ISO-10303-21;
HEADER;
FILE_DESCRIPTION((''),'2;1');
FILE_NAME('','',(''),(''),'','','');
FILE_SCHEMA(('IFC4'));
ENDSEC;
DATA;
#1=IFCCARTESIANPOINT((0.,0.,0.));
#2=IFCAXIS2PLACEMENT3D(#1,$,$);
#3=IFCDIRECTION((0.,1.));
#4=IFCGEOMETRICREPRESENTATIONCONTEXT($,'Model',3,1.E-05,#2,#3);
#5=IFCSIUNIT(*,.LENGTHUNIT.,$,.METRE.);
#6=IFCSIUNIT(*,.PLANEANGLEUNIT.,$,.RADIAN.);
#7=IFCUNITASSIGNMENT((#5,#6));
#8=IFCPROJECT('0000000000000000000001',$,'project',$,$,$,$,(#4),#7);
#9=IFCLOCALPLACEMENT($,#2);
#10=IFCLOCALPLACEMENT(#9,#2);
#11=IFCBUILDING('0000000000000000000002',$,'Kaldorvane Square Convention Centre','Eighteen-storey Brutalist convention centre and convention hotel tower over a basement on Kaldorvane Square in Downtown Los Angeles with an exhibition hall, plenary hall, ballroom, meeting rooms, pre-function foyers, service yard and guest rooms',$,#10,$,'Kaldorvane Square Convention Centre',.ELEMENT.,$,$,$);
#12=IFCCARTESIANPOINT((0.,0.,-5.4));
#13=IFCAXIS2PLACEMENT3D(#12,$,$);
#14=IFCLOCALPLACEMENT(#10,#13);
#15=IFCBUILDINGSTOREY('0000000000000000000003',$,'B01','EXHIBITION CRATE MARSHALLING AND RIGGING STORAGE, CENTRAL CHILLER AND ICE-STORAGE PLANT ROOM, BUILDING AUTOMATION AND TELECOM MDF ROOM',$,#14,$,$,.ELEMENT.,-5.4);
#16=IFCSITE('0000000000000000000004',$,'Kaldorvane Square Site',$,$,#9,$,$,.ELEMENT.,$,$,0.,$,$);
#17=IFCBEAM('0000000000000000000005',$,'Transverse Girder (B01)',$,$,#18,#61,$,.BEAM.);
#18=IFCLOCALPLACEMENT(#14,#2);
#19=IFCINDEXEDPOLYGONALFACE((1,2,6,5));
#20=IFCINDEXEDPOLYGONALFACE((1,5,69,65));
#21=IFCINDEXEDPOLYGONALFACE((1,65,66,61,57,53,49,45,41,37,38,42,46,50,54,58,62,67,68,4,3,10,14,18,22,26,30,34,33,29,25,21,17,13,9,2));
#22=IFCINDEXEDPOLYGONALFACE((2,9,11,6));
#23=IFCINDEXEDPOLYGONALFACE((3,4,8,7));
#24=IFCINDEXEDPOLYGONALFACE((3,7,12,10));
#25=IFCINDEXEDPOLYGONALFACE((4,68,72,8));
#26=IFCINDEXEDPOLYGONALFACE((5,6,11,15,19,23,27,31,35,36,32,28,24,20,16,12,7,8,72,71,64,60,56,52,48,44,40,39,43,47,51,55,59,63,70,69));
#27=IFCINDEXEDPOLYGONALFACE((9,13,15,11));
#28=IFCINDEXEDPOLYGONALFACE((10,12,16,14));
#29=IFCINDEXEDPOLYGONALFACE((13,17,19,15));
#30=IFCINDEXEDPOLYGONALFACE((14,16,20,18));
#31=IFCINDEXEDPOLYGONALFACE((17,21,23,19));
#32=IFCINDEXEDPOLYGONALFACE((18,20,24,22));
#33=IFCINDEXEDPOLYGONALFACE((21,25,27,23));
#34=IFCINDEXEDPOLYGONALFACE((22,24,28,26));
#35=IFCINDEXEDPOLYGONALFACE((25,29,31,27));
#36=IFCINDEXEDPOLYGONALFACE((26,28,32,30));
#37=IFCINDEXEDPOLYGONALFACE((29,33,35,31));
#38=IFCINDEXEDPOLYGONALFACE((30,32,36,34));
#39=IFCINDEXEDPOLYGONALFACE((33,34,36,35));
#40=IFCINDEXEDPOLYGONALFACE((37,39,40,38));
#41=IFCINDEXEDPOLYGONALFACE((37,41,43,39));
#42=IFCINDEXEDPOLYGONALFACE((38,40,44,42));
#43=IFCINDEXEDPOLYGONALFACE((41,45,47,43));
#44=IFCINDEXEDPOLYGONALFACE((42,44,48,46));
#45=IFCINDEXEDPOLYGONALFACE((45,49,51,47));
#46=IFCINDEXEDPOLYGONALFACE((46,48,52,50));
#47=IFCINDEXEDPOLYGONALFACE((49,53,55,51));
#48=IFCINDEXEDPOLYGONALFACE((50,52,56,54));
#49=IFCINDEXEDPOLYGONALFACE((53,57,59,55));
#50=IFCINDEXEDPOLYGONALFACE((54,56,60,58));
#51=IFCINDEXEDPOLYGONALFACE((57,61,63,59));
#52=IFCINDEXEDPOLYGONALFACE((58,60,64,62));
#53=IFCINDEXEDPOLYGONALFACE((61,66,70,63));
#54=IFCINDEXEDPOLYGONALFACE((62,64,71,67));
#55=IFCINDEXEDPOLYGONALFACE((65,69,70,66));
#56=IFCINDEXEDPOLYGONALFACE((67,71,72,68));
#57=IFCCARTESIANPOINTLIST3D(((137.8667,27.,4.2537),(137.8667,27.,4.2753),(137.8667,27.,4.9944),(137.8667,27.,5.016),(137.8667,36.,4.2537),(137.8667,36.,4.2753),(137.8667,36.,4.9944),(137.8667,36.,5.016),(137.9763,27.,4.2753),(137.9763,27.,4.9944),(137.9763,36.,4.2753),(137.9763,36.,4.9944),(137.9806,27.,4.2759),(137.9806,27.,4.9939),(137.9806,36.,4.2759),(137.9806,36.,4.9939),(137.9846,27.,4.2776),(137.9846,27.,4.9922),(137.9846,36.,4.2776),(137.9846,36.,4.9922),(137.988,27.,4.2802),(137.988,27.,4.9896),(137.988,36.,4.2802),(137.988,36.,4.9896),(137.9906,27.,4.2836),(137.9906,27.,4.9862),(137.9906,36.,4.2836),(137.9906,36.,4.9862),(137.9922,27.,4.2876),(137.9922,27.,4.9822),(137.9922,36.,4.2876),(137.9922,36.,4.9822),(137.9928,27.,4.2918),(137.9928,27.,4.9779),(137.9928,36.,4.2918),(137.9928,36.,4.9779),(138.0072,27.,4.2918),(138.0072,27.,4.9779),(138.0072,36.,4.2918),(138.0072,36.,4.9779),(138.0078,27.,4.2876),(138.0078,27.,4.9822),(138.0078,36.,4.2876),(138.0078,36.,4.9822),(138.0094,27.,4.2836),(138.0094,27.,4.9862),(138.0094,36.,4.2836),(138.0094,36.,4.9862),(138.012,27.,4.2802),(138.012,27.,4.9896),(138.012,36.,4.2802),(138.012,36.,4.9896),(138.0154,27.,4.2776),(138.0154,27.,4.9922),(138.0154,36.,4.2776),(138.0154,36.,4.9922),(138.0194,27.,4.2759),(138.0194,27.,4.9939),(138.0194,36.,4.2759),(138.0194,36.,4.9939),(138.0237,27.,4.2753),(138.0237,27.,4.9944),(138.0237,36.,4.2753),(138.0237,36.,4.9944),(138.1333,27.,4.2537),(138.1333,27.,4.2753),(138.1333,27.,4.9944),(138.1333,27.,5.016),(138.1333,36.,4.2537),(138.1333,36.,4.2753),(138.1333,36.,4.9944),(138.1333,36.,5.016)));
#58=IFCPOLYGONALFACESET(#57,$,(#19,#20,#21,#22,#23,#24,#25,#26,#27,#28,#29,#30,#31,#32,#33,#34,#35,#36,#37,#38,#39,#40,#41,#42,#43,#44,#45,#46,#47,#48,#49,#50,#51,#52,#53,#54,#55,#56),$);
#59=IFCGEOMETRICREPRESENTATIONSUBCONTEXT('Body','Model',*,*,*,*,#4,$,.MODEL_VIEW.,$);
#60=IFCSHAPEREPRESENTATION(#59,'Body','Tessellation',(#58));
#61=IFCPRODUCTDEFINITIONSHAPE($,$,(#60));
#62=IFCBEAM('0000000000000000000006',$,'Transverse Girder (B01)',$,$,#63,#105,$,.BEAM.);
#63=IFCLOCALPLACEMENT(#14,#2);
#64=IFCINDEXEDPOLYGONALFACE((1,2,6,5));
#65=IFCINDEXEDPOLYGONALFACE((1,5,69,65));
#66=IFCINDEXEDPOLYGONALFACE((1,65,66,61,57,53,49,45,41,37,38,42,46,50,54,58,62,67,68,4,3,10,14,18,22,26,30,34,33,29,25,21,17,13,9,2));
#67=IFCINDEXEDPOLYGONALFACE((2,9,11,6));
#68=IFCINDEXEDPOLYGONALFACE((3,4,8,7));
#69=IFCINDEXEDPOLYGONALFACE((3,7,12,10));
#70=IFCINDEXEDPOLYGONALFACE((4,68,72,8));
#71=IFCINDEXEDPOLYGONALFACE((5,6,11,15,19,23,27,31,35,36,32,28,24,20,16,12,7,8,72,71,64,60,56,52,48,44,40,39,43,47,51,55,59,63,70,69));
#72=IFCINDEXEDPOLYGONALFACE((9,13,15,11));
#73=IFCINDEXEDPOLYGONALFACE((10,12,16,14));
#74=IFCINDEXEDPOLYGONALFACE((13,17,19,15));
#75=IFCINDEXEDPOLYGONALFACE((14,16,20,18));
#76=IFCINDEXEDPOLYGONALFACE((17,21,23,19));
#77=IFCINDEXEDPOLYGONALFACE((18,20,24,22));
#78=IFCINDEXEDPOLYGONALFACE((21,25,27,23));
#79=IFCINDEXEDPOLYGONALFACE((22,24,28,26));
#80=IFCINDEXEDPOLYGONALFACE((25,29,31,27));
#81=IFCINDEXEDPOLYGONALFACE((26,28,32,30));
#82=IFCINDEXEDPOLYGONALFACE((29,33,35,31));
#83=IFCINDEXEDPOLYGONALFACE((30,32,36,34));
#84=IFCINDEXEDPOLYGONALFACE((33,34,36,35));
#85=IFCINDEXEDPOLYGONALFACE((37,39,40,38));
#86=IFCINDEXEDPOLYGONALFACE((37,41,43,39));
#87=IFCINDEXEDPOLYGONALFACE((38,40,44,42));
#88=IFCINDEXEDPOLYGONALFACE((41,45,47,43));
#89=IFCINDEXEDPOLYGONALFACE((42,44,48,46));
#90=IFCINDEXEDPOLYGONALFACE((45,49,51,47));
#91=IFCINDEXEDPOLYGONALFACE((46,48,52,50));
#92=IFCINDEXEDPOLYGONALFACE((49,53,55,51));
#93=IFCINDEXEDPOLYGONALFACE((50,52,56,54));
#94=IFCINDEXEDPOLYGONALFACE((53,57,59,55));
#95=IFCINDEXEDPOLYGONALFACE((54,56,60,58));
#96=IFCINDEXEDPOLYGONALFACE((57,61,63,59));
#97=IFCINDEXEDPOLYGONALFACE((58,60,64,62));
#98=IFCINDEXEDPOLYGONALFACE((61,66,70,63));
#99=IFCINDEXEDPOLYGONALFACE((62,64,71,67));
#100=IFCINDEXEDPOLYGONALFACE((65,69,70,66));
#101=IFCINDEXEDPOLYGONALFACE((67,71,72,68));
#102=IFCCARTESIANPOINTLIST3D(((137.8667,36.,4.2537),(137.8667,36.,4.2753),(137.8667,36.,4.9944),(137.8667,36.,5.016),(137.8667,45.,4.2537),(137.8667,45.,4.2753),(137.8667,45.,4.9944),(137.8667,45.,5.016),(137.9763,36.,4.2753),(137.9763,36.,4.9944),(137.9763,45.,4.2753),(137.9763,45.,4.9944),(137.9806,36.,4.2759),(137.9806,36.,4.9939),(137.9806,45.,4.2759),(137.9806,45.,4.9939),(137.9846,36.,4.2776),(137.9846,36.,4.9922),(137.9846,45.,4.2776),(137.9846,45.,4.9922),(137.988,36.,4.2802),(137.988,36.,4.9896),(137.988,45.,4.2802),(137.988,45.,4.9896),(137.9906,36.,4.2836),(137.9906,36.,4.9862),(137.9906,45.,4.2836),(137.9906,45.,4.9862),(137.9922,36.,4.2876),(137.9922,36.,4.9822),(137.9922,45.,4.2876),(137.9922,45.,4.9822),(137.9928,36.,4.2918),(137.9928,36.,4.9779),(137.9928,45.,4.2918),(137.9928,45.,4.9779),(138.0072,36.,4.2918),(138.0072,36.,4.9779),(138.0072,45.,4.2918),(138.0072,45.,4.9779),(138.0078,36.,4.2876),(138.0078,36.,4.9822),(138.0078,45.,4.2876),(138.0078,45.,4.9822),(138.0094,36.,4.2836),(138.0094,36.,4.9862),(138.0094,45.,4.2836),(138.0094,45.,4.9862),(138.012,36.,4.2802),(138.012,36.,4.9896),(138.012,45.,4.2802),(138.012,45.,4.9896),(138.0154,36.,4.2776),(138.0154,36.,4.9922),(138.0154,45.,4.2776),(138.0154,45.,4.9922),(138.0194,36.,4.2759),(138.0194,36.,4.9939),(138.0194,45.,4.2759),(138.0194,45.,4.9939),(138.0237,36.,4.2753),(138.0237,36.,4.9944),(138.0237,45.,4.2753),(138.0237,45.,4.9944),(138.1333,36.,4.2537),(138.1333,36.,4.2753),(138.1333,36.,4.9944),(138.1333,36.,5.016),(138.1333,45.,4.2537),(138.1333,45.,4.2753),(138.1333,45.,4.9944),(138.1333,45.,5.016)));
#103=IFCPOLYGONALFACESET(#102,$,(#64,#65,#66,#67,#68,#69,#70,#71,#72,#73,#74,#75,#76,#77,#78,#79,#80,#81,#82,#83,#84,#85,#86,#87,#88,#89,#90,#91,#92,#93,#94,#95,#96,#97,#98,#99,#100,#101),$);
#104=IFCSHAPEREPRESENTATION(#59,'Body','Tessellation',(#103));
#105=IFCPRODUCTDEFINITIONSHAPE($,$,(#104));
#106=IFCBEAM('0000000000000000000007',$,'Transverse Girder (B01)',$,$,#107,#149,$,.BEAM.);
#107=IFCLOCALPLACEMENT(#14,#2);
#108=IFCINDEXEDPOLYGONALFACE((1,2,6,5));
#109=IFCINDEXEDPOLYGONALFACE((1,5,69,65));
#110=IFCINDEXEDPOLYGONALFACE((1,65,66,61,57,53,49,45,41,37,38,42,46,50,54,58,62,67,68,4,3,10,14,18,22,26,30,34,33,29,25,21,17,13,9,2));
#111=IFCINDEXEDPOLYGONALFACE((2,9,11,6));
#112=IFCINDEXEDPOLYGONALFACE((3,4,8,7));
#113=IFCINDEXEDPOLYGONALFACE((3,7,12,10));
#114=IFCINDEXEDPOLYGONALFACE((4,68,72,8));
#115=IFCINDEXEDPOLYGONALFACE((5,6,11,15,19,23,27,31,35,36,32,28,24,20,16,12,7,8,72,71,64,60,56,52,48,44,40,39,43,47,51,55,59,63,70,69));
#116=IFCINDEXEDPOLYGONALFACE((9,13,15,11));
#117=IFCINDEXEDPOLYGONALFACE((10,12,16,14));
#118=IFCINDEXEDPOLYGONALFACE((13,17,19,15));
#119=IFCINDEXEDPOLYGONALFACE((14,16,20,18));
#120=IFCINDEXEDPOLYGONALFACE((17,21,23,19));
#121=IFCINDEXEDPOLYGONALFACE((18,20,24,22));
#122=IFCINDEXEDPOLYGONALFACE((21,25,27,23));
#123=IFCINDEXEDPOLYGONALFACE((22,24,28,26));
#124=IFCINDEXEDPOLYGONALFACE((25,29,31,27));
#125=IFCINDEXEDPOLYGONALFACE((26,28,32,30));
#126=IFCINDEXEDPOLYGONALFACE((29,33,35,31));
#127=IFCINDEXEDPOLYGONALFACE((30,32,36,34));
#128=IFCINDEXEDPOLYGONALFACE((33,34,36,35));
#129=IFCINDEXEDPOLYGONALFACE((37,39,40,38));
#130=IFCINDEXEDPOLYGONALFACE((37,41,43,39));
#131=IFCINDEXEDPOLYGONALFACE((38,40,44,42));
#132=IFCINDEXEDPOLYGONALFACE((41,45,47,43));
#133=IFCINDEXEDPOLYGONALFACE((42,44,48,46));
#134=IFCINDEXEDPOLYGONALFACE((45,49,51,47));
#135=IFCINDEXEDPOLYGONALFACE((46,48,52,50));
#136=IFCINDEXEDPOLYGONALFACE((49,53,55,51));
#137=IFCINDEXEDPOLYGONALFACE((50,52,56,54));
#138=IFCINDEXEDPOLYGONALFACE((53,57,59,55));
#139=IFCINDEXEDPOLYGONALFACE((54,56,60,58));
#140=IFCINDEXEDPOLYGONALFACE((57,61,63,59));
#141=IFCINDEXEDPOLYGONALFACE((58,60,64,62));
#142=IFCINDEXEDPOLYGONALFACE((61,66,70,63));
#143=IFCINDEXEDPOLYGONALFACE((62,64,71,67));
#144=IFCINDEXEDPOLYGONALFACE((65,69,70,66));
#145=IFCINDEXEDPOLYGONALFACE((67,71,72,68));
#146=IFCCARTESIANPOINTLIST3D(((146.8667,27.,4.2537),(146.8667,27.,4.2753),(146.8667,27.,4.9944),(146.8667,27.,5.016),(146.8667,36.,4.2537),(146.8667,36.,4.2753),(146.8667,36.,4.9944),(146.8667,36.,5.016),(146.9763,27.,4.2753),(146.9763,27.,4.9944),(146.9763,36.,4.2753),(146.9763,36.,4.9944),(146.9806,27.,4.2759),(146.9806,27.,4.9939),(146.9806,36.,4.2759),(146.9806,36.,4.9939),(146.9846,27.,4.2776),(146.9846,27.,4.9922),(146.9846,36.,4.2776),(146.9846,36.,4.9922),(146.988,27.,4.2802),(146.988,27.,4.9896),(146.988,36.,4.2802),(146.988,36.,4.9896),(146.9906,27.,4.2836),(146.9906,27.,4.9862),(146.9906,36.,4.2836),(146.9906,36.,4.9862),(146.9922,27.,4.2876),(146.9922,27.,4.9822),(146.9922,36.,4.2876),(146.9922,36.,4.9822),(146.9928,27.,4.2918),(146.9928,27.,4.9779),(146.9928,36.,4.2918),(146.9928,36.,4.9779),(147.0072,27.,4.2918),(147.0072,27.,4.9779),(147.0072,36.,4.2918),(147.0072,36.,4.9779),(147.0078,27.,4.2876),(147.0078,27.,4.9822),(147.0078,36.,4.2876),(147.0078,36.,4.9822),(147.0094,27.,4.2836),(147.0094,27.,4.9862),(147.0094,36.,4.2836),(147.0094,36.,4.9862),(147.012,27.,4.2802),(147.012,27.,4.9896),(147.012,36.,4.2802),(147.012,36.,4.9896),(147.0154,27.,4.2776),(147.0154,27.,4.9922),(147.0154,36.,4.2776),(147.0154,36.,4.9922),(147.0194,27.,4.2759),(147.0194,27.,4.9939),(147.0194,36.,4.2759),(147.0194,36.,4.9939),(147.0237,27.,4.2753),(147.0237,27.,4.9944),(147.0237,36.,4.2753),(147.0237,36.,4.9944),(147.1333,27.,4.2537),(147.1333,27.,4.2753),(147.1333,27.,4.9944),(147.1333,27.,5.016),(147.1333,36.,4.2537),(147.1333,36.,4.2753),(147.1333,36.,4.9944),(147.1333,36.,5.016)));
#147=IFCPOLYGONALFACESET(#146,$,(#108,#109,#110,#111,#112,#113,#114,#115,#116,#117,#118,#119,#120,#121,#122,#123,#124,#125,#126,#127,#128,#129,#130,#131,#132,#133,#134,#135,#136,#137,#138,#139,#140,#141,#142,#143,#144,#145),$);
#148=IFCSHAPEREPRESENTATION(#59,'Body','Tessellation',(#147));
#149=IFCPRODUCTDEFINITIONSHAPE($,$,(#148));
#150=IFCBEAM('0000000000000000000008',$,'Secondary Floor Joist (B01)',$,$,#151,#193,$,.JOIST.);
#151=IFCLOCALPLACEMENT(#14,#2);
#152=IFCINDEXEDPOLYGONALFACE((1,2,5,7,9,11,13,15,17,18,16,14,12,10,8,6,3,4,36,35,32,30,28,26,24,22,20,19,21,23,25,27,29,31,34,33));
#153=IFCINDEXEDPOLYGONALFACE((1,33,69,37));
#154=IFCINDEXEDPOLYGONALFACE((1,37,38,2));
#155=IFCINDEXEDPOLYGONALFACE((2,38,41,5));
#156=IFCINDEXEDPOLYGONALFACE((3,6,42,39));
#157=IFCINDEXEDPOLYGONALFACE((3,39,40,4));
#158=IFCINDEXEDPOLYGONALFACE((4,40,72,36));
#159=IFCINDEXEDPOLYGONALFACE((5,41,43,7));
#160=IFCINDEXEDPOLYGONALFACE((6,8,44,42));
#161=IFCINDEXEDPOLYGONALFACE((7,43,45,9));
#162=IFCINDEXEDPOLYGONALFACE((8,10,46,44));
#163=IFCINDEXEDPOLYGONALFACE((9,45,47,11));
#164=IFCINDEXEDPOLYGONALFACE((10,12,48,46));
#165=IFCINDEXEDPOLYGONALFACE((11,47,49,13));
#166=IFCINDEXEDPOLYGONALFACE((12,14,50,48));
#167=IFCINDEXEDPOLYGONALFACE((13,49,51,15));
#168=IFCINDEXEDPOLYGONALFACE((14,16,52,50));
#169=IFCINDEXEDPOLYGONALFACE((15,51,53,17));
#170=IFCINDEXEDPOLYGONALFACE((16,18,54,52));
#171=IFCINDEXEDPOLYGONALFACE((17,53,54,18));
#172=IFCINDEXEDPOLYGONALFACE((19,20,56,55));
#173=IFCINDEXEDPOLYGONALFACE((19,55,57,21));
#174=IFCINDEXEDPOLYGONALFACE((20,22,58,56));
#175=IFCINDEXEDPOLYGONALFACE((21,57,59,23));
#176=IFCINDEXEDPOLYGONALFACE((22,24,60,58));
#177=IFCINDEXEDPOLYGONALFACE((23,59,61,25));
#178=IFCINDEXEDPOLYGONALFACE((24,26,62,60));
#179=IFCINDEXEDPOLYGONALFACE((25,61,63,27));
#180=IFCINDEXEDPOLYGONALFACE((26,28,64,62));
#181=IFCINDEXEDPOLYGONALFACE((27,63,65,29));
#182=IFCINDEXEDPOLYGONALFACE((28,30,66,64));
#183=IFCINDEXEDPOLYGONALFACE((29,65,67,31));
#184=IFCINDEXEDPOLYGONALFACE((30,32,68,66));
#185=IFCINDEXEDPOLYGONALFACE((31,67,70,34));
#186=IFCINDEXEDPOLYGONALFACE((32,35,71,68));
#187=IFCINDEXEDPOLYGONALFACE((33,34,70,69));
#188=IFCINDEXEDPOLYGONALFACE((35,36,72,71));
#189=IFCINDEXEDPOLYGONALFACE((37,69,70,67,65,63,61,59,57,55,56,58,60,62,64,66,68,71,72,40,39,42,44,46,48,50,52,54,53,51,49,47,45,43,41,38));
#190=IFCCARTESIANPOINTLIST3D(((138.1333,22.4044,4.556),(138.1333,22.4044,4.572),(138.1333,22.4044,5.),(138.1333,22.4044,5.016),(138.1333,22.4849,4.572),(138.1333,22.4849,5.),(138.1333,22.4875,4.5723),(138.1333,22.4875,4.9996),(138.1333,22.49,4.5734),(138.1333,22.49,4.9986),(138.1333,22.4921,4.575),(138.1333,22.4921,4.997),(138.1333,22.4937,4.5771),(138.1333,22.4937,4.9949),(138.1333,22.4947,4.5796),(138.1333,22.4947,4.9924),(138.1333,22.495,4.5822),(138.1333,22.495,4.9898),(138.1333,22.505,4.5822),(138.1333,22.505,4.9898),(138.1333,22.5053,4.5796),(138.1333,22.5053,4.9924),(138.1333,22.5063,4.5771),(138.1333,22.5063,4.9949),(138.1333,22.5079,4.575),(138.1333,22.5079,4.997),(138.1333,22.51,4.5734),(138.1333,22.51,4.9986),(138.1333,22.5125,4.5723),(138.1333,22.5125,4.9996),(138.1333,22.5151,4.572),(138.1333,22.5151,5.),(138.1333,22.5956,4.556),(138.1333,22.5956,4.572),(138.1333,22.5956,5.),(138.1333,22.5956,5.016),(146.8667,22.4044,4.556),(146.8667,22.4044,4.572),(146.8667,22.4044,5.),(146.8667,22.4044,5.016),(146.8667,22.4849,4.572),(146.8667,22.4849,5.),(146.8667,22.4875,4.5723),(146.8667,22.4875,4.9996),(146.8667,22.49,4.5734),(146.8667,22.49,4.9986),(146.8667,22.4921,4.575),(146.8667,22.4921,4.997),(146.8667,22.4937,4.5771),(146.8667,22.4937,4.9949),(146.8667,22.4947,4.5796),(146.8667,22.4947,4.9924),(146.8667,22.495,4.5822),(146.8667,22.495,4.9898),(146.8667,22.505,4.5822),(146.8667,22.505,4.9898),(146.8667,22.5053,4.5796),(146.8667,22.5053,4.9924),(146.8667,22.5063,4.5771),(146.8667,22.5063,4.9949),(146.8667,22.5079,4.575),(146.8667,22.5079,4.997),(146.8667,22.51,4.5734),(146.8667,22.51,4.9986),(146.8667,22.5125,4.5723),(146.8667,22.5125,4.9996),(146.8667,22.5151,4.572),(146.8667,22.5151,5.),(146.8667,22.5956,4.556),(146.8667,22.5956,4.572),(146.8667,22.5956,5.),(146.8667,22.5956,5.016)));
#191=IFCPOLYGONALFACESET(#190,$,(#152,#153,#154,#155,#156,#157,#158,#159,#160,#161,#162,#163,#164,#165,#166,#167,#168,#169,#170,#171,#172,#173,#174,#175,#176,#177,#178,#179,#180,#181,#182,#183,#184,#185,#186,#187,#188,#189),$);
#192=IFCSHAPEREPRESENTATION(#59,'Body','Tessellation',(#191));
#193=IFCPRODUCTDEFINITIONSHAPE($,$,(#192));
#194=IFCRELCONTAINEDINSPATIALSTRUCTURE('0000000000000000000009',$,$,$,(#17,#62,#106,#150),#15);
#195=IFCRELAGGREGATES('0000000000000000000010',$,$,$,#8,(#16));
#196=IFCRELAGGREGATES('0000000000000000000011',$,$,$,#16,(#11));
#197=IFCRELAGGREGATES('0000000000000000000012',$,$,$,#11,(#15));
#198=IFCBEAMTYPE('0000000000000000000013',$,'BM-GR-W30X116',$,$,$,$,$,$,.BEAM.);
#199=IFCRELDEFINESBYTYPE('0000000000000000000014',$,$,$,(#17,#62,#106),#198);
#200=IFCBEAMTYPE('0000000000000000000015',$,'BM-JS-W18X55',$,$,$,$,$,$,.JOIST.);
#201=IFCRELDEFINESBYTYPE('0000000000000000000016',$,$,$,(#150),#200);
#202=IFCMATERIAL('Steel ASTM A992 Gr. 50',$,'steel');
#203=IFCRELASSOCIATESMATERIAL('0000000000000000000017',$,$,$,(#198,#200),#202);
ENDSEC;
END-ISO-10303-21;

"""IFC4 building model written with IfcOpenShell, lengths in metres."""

from ifc_helpers import new_model, si_unit, direction, frame, origin, origin_2d, place, context, subcontext, project, spatial, i_section, extrude, material, material_profile, profile_set, type_object, element, save


model = new_model("IFC4")

# Units and contexts
model_context = context("Model", 3, precision=1e-05, world=origin(), true_north=direction((0.0, 1.0)))
body_context = subcontext(model_context, "Body", "Model", "MODEL_VIEW")
ifc_project = project(units=[si_unit("LENGTHUNIT", "METRE"), si_unit("PLANEANGLEUNIT", "RADIAN")], contexts=[model_context])

# Site, building, storey
site_placement = place(None, origin())
site = spatial("IfcSite", under=ifc_project, at=site_placement, Name="Kaldorvane Square Site", CompositionType="ELEMENT", RefElevation=0.0)
building_placement = place(site_placement, origin())
building = spatial("IfcBuilding", under=site, at=building_placement, Name="Kaldorvane Square Convention Centre", Description="Eighteen-storey Brutalist convention centre and convention hotel tower over a basement on Kaldorvane Square in Downtown Los Angeles with an exhibition hall, plenary hall, ballroom, meeting rooms, pre-function foyers, service yard and guest rooms", LongName="Kaldorvane Square Convention Centre", CompositionType="ELEMENT")
storey_placement = place(building_placement, frame((0.0, 0.0, -5.4)))
storey = spatial("IfcBuildingStorey", under=building, at=storey_placement, Name="B01", Description="EXHIBITION CRATE MARSHALLING AND RIGGING STORAGE, CENTRAL CHILLER AND ICE-STORAGE PLANT ROOM, BUILDING AUTOMATION AND TELECOM MDF ROOM", CompositionType="ELEMENT", Elevation=-5.4)

# Shared definitions
ifc_material_1 = material(Name="Steel ASTM A992 Gr. 50", Category="steel")

# Beams
ifc_material_profile_1 = material_profile(ifc_material_1, i_section(OverallWidth=0.2666, OverallDepth=0.7623, WebThickness=0.0144, FlangeThickness=0.0216, FilletRadius=0.0165, at=origin_2d()), Name="W30X116")
ifc_profile_set_1 = profile_set([ifc_material_profile_1], Name="Steel ASTM A992 Gr. 50")
beam_type_1 = type_object("IfcBeamType", Name="BM-GR-W30X116", PredefinedType="BEAM", material=ifc_profile_set_1)
for number, where, z_axis, x_axis, name in (
    (1, (138.0, 27.0, 4.6349), (0.0, 1.0, 0.0), (-1.0, 0.0, 0.0), "Transverse Girder (B01)"),
    (2, (138.0, 36.0, 4.6349), (0.0, 1.0, 0.0), (-1.0, 0.0, 0.0), "Transverse Girder (B01)"),
    (3, (147.0, 27.0, 4.6349), (0.0, 1.0, 0.0), (-1.0, 0.0, 0.0), "Transverse Girder (B01)"),
):
    element("IfcBeam", number, at=place(storey_placement, frame(where, z_axis=z_axis, x_axis=x_axis)), inside=storey, type_object=beam_type_1, Name=name, PredefinedType="BEAM", context=body_context, shape_type="SweptSolid", body=[
        extrude(i_section(OverallWidth=0.2666, OverallDepth=0.7623, WebThickness=0.0144, FlangeThickness=0.0216, FilletRadius=0.0165, at=origin_2d()), origin(), (0.0, 0.0, 1.0), 9.0),
    ])
ifc_material_profile_2 = material_profile(ifc_material_1, i_section(OverallWidth=0.1913, OverallDepth=0.46, WebThickness=0.0099, FlangeThickness=0.016, FilletRadius=0.0102, at=origin_2d()), Name="W18X55")
ifc_profile_set_2 = profile_set([ifc_material_profile_2], Name="Steel ASTM A992 Gr. 50")
beam_type_2 = type_object("IfcBeamType", Name="BM-JS-W18X55", PredefinedType="JOIST", material=ifc_profile_set_2)
for number, where, z_axis, x_axis, name in (
    (4, (138.1333, 22.5, 4.786), (1.0, 0.0, 0.0), (0.0, 1.0, 0.0), "Secondary Floor Joist (B01)"),
):
    element("IfcBeam", number, at=place(storey_placement, frame(where, z_axis=z_axis, x_axis=x_axis)), inside=storey, type_object=beam_type_2, Name=name, PredefinedType="JOIST", context=body_context, shape_type="SweptSolid", body=[
        extrude(i_section(OverallWidth=0.1913, OverallDepth=0.46, WebThickness=0.0099, FlangeThickness=0.016, FilletRadius=0.0102, at=origin_2d()), origin(), (0.0, 0.0, 1.0), 8.7334),
    ])

save(model, "model.ifc")
